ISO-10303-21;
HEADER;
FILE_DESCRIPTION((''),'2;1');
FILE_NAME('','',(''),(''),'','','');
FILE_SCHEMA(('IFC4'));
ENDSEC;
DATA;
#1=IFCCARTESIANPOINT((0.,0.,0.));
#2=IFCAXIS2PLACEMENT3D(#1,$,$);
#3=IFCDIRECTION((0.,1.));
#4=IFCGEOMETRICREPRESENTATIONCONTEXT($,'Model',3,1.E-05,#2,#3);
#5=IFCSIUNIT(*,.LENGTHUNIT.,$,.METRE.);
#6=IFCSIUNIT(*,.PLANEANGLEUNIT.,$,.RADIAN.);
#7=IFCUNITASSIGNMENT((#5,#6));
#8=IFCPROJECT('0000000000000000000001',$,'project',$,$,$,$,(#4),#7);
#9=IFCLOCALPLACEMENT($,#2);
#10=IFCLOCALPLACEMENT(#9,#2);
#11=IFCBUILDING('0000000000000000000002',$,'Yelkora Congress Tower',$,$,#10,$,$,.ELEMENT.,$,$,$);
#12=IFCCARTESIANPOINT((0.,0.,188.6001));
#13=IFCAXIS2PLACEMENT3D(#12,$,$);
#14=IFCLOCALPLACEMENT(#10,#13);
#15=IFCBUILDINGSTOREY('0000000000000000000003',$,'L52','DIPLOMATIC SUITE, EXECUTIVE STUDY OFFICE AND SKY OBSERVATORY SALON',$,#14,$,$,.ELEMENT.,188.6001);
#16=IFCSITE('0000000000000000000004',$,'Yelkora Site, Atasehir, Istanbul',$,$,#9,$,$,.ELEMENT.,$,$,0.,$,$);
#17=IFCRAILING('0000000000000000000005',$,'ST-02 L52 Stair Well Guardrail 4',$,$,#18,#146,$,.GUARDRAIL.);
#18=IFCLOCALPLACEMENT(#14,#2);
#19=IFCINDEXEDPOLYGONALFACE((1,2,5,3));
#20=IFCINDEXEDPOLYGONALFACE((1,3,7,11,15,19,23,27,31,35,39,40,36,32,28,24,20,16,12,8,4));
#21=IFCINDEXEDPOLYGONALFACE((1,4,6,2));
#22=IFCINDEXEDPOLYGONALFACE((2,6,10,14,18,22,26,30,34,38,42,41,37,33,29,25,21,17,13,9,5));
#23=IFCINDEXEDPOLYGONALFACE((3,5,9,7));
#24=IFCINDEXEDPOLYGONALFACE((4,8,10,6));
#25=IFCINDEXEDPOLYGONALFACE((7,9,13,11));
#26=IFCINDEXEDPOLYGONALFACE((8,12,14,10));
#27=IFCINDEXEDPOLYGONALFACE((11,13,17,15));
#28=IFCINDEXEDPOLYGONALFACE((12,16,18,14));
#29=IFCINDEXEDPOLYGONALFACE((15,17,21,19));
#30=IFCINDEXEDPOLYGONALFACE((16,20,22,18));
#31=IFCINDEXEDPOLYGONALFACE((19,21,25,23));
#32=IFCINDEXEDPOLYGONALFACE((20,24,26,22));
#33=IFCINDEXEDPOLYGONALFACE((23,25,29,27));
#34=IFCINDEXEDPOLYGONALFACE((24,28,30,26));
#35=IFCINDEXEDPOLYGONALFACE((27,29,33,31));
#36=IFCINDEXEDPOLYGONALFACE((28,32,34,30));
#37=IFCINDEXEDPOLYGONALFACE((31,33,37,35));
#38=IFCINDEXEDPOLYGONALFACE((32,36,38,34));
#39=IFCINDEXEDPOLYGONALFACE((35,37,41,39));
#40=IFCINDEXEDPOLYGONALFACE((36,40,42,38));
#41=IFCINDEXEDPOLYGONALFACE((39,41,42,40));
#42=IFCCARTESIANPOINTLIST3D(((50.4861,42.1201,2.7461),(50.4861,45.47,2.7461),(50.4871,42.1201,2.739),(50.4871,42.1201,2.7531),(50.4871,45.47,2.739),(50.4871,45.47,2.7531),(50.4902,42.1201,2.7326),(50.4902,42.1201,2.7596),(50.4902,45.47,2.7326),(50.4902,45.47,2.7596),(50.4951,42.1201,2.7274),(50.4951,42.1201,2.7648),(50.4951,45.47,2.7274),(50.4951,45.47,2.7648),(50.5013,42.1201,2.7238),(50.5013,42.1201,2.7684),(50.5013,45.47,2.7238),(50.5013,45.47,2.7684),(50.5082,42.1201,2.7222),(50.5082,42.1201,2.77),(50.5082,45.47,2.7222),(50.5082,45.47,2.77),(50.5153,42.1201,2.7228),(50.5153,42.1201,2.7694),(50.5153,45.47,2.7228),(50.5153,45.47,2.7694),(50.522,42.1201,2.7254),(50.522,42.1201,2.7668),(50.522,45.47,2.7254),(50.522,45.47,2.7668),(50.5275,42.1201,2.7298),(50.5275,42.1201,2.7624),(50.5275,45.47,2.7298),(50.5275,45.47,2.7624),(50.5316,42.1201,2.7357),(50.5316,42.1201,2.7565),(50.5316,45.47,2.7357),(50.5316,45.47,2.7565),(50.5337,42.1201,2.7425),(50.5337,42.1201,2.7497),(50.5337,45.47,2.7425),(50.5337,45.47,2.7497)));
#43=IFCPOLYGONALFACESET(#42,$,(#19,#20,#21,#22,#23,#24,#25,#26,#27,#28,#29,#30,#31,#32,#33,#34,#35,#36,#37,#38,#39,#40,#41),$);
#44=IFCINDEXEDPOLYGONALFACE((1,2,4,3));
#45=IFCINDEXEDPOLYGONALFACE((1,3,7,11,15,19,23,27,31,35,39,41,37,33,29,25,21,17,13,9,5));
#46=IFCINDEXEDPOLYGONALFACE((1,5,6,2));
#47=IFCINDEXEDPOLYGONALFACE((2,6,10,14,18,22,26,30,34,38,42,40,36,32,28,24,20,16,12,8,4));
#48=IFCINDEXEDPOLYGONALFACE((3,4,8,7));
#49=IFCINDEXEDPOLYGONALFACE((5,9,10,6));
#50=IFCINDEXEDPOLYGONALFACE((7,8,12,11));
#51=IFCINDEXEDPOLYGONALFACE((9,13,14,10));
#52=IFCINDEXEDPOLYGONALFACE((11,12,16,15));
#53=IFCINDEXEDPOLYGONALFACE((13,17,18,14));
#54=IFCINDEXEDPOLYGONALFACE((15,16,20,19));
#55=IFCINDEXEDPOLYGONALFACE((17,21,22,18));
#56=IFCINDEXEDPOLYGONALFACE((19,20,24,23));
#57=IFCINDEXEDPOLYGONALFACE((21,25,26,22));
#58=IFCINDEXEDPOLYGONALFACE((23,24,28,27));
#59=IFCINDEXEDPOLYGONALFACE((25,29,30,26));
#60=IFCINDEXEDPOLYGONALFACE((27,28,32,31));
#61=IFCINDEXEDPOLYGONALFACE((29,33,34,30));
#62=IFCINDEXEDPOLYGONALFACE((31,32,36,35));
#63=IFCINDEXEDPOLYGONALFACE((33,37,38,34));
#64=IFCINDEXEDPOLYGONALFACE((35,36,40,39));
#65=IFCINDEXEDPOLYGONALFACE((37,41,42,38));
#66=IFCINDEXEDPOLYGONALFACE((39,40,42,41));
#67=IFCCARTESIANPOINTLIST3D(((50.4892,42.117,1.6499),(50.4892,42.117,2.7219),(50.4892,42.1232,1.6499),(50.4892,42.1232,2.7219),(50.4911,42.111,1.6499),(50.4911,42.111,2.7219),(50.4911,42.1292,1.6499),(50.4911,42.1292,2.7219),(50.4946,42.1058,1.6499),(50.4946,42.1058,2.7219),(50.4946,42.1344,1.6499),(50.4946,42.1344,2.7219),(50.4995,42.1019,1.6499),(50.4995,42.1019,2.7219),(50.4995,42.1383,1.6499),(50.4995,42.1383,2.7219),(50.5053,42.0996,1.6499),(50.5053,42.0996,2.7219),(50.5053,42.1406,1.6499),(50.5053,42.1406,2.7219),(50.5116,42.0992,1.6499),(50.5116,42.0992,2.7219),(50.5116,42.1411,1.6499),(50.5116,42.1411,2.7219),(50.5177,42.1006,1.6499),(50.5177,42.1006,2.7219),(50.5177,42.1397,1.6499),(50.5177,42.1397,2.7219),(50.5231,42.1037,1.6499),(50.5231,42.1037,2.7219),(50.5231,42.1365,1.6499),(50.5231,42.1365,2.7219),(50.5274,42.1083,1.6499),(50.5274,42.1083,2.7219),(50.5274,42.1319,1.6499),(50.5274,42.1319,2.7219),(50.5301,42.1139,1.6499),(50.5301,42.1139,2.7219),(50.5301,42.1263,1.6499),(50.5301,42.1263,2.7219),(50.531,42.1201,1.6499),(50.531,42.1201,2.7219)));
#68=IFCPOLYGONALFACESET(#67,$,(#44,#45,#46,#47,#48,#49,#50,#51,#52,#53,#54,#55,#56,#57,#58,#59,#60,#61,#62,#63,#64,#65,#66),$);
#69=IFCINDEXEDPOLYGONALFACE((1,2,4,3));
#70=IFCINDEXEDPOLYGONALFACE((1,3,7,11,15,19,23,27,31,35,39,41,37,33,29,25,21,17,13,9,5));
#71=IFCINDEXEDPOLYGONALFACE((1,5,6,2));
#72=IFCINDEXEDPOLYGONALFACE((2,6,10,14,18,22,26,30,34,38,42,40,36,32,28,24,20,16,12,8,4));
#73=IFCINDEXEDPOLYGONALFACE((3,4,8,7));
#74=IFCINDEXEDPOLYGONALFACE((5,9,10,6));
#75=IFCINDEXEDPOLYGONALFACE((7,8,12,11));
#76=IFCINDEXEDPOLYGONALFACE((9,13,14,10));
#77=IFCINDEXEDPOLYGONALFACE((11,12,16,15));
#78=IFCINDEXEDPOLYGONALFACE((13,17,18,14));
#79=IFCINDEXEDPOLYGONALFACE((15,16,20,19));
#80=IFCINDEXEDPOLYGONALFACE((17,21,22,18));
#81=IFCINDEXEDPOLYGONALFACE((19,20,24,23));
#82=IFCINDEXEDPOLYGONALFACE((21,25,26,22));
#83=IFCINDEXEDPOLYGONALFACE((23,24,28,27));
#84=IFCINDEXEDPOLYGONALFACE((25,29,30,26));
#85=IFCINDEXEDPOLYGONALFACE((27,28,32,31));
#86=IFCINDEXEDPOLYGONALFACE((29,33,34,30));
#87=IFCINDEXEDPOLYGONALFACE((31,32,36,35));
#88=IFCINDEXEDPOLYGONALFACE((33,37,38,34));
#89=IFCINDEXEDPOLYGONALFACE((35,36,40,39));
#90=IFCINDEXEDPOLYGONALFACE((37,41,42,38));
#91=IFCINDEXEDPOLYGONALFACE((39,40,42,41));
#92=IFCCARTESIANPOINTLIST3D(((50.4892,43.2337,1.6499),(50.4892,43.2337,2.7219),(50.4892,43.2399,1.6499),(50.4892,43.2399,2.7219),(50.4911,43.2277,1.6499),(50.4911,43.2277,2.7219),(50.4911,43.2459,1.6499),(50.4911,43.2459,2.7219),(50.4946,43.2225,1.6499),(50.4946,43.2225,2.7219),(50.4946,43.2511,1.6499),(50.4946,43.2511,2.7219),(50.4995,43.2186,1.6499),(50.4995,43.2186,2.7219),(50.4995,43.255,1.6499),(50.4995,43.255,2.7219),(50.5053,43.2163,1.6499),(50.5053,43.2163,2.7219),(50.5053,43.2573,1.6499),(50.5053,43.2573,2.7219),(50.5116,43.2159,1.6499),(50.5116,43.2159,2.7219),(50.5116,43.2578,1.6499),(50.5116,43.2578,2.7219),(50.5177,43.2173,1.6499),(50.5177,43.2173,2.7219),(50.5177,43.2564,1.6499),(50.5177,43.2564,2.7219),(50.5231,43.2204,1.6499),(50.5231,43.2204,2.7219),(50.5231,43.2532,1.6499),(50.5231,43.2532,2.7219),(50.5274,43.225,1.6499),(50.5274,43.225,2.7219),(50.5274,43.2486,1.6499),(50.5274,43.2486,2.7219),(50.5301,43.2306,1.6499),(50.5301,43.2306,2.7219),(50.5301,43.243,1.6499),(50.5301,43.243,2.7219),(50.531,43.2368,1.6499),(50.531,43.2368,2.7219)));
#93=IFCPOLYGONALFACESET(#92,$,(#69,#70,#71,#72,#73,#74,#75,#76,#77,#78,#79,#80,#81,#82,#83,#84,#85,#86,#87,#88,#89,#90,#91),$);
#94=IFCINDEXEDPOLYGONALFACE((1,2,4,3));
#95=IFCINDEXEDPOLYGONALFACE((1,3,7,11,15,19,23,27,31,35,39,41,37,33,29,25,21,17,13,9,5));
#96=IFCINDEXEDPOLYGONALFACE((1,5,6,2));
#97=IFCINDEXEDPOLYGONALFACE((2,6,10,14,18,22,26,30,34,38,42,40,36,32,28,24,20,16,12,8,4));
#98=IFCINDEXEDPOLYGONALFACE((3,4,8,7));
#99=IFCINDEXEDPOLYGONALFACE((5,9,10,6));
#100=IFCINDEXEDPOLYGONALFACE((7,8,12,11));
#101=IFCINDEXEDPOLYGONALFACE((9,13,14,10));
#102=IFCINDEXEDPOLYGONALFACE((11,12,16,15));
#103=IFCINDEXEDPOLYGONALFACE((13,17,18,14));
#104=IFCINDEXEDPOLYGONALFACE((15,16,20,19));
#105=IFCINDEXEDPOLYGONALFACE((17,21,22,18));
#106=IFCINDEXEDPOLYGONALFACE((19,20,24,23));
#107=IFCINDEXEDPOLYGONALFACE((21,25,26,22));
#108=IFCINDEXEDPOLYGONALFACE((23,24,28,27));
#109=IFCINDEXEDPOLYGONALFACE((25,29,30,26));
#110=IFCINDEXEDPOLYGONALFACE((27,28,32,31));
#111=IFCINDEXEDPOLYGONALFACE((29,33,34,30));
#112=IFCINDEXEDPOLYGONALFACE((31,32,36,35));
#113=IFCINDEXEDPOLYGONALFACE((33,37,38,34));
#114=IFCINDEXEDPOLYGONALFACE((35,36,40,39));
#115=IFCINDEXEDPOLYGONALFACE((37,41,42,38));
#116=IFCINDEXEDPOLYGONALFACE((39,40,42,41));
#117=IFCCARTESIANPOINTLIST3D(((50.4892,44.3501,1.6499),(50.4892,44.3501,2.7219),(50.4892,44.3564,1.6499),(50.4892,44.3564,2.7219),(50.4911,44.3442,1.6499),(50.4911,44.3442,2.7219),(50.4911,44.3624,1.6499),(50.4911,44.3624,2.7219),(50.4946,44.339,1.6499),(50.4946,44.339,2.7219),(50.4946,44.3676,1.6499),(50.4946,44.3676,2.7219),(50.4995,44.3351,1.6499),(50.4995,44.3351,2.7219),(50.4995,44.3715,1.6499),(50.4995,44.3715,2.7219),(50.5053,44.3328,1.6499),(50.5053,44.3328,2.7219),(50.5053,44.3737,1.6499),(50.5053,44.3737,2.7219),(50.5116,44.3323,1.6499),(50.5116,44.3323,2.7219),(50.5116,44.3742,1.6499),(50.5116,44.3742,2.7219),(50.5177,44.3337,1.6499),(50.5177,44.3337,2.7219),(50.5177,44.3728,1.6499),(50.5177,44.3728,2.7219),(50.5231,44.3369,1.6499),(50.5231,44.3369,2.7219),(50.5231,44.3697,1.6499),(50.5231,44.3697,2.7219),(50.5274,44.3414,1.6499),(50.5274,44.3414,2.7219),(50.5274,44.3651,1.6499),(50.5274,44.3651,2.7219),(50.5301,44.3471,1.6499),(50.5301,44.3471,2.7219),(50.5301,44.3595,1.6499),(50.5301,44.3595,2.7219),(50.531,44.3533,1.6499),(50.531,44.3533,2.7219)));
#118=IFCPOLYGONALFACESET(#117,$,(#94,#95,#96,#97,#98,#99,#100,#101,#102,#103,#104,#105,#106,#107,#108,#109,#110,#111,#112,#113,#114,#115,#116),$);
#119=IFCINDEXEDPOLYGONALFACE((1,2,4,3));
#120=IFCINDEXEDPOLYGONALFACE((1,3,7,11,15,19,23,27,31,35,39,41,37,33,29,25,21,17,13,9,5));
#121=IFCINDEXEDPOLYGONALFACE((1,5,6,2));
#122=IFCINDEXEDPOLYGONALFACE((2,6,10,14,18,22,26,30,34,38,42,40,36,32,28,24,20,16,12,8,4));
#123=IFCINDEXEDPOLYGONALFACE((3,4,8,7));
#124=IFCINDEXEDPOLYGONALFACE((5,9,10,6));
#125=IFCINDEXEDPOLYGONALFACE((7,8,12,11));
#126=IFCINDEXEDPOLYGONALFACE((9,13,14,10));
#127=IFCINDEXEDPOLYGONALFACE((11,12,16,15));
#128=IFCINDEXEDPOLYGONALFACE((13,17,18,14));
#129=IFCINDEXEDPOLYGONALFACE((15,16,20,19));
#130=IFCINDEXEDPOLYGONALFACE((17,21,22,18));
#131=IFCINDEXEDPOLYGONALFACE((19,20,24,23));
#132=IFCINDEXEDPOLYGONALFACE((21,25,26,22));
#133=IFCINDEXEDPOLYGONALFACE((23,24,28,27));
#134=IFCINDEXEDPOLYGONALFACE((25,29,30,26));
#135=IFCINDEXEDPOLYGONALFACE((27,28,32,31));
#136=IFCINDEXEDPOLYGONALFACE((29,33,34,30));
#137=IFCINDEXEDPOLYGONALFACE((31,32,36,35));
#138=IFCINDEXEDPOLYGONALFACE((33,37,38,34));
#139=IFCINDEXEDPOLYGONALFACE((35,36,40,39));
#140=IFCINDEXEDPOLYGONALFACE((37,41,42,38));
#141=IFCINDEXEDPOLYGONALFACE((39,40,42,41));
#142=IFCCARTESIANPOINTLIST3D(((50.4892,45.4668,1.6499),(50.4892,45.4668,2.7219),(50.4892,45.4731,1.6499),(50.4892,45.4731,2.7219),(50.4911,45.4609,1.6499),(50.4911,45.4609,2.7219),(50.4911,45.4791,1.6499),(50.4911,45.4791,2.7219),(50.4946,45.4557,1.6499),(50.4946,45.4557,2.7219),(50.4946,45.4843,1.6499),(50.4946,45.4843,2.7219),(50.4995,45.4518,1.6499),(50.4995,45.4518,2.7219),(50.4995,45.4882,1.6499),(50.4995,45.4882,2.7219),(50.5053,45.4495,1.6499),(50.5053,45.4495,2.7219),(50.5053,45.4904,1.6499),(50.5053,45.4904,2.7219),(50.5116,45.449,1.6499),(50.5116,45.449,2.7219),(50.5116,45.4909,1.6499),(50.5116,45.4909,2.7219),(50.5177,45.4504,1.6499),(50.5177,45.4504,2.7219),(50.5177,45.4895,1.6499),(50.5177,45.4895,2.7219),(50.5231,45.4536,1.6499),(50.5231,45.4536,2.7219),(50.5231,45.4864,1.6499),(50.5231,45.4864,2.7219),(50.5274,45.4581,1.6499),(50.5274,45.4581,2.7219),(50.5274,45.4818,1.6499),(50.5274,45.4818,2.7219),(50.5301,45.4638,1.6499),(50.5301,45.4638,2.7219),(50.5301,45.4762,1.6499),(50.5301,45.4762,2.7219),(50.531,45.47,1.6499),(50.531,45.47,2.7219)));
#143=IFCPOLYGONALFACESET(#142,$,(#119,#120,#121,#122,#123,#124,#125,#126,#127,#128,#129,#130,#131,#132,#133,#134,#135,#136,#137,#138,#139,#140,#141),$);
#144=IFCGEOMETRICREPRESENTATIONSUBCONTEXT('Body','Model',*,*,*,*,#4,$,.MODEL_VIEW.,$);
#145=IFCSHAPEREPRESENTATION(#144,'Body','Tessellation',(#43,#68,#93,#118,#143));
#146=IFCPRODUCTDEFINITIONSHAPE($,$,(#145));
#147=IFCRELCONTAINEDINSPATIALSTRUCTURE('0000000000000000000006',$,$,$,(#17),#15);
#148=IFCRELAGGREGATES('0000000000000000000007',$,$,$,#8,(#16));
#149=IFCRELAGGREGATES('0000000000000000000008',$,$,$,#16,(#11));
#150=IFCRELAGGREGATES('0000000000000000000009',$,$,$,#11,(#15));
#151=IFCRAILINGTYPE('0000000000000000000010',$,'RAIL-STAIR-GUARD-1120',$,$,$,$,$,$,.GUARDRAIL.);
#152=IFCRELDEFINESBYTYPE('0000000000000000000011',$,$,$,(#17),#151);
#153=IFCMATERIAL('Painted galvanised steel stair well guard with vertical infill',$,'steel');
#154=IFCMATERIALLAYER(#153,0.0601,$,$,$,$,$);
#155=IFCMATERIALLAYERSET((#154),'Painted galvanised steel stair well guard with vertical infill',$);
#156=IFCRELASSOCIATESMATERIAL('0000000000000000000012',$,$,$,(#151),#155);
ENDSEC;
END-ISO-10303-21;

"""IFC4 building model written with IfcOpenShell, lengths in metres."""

from ifc_helpers import new_model, si_unit, direction, frame, origin, origin_2d, place, context, subcontext, project, spatial, circle, extrude, material, layer, layer_set, type_object, element, save


model = new_model("IFC4")

# Units and contexts
model_context = context("Model", 3, precision=1e-05, world=origin(), true_north=direction((0.0, 1.0)))
body_context = subcontext(model_context, "Body", "Model", "MODEL_VIEW")
ifc_project = project(units=[si_unit("LENGTHUNIT", "METRE"), si_unit("PLANEANGLEUNIT", "RADIAN")], contexts=[model_context])

# Site, building, storey
site_placement = place(None, origin())
site = spatial("IfcSite", under=ifc_project, at=site_placement, Name="Yelkora Site, Atasehir, Istanbul", CompositionType="ELEMENT", RefElevation=0.0)
building_placement = place(site_placement, origin())
building = spatial("IfcBuilding", under=site, at=building_placement, Name="Yelkora Congress Tower", CompositionType="ELEMENT")
storey_placement = place(building_placement, frame((0.0, 0.0, 188.6001)))
storey = spatial("IfcBuildingStorey", under=building, at=storey_placement, Name="L52", Description="DIPLOMATIC SUITE, EXECUTIVE STUDY OFFICE AND SKY OBSERVATORY SALON", CompositionType="ELEMENT", Elevation=188.6001)

# Railing
ifc_material_1 = material(Name="Painted galvanised steel stair well guard with vertical infill", Category="steel")
ifc_layer_1 = layer(ifc_material_1, 0.0601)
ifc_layer_set_1 = layer_set([ifc_layer_1], Name="Painted galvanised steel stair well guard with vertical infill")
railing_type_1 = type_object("IfcRailingType", Name="RAIL-STAIR-GUARD-1120", PredefinedType="GUARDRAIL", material=ifc_layer_set_1)
for number, where, name in (
    (1, (50.51, 42.1201, 1.6499), "ST-02 L52 Stair Well Guardrail 4"),
):
    element("IfcRailing", number, at=place(storey_placement, frame(where)), inside=storey, type_object=railing_type_1, Name=name, PredefinedType="GUARDRAIL", context=body_context, shape_type="SweptSolid", body=[
        extrude(circle(Radius=0.0239, at=origin_2d()), frame((0.0, 0.0, 1.0962), z_axis=(0.0, 1.0, 0.0), x_axis=(-1.0, 0.0, 0.0)), (0.0, 0.0, 1.0), 3.3499),
        extrude(circle(Radius=0.021, at=origin_2d()), origin(), (0.0, 0.0, 1.0), 1.072),
        extrude(circle(Radius=0.021, at=origin_2d()), frame((0.0, 1.1167, 0.0)), (0.0, 0.0, 1.0), 1.072),
        extrude(circle(Radius=0.021, at=origin_2d()), frame((0.0, 2.2332, 0.0)), (0.0, 0.0, 1.0), 1.072),
        extrude(circle(Radius=0.021, at=origin_2d()), frame((0.0, 3.3499, 0.0)), (0.0, 0.0, 1.0), 1.072),
    ])

save(model, "model.ifc")
